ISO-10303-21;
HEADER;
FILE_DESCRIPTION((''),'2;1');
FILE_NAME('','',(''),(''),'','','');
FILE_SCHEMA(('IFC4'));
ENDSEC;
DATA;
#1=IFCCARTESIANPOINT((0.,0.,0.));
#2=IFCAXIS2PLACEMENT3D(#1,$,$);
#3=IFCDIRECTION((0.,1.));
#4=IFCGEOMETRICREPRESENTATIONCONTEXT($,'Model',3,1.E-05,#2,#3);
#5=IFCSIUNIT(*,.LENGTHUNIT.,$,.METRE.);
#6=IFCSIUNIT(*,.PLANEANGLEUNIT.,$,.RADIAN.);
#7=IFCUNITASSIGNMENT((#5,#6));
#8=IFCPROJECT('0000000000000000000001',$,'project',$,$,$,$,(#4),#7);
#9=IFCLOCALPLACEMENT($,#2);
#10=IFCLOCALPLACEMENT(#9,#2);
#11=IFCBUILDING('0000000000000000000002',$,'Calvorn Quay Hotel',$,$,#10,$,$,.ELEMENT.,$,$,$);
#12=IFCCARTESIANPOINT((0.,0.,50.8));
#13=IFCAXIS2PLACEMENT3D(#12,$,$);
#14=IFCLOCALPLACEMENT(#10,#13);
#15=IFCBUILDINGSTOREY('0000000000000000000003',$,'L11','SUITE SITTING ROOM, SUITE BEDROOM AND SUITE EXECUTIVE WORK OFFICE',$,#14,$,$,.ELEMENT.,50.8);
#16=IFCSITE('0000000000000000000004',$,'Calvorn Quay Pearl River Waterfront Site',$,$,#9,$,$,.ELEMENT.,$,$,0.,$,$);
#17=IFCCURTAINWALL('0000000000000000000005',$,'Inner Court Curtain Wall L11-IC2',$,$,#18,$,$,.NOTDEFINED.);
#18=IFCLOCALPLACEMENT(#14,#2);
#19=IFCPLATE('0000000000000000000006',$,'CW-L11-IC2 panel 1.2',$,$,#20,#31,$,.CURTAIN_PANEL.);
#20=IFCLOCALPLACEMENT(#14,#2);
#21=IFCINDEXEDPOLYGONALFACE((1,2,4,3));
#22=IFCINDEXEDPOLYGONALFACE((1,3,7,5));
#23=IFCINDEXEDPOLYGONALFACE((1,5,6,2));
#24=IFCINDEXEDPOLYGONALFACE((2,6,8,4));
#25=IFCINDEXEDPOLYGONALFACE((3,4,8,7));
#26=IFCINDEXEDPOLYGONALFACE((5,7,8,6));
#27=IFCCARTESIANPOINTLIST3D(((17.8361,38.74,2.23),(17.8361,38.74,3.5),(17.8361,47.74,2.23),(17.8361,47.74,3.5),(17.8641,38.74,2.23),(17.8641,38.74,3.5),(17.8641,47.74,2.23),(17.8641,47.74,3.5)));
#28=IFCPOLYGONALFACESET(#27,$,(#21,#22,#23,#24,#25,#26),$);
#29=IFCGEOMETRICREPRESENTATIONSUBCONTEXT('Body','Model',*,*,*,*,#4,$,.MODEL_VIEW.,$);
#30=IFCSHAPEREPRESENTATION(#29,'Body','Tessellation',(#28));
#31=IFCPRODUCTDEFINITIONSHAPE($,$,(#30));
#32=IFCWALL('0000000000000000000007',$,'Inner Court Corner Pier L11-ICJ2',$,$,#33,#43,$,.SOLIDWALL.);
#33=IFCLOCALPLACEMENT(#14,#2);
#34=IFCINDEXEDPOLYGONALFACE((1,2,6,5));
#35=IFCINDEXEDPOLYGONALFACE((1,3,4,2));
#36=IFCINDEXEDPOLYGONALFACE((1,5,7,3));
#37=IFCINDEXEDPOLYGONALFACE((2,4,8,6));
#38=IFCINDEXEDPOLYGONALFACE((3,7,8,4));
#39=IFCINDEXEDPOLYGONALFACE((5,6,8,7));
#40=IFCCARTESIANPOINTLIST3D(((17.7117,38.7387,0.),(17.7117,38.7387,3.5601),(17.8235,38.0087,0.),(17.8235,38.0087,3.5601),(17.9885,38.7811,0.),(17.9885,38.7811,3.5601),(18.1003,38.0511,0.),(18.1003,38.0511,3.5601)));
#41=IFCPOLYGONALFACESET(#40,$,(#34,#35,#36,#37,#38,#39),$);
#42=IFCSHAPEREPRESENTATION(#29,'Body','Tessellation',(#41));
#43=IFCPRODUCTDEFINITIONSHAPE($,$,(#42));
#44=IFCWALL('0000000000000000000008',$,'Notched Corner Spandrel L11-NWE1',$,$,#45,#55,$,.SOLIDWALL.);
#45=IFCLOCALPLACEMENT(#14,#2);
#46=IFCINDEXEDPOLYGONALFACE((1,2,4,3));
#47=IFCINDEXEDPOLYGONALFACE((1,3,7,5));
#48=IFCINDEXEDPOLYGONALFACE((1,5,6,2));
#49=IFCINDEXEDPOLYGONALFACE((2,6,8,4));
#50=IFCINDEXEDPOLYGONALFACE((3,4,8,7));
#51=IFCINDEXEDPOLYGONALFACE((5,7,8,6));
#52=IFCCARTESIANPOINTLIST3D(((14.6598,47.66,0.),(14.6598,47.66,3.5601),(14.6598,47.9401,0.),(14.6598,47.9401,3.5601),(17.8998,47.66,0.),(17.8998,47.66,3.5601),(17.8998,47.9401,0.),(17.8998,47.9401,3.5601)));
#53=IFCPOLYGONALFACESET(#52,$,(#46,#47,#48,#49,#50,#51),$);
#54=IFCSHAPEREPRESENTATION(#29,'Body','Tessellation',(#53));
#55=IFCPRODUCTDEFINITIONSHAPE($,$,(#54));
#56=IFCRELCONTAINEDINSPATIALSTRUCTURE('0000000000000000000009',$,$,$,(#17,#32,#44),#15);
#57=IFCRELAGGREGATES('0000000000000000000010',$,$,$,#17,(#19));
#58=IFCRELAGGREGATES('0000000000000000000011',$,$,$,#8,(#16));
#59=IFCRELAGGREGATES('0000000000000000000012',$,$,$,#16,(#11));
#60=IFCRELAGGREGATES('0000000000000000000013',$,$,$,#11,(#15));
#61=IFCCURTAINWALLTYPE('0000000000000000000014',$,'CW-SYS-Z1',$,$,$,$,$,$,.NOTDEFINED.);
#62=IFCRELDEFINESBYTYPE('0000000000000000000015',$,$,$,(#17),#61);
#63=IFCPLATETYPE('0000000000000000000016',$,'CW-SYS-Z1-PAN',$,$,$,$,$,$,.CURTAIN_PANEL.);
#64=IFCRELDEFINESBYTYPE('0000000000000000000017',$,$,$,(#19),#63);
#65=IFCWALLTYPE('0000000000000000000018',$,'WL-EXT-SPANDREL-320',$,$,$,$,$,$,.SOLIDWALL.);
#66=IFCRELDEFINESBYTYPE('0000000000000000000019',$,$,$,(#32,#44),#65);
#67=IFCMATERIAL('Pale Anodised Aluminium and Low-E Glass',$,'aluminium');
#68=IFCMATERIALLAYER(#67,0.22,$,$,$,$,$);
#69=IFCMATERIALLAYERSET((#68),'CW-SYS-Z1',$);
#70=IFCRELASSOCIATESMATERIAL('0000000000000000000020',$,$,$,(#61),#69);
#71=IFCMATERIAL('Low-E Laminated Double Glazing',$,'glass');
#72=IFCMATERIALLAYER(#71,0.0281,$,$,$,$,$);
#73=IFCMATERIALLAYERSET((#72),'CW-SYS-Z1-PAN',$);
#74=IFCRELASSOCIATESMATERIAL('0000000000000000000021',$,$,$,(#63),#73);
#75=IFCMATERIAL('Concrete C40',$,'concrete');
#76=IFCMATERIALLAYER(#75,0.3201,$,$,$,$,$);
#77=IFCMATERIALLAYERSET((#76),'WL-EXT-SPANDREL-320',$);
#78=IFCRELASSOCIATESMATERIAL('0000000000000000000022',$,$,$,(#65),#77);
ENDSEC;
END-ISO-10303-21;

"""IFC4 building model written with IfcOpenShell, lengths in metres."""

from ifc_helpers import new_model, si_unit, direction, frame, frame_2d, origin, origin_2d, place, context, subcontext, project, spatial, rectangle, extrude, material, layer, layer_set, type_object, element, aggregate, save


model = new_model("IFC4")

# Units and contexts
model_context = context("Model", 3, precision=1e-05, world=origin(), true_north=direction((0.0, 1.0)))
body_context = subcontext(model_context, "Body", "Model", "MODEL_VIEW")
ifc_project = project(units=[si_unit("LENGTHUNIT", "METRE"), si_unit("PLANEANGLEUNIT", "RADIAN")], contexts=[model_context])

# Site, building, storey
site_placement = place(None, origin())
site = spatial("IfcSite", under=ifc_project, at=site_placement, Name="Calvorn Quay Pearl River Waterfront Site", CompositionType="ELEMENT", RefElevation=0.0)
building_placement = place(site_placement, origin())
building = spatial("IfcBuilding", under=site, at=building_placement, Name="Calvorn Quay Hotel", CompositionType="ELEMENT")
storey_placement = place(building_placement, frame((0.0, 0.0, 50.8)))
storey = spatial("IfcBuildingStorey", under=building, at=storey_placement, Name="L11", Description="SUITE SITTING ROOM, SUITE BEDROOM AND SUITE EXECUTIVE WORK OFFICE", CompositionType="ELEMENT", Elevation=50.8)

# Shared definitions
ifc_material_1 = material(Name="Pale Anodised Aluminium and Low-E Glass", Category="aluminium")
ifc_layer_1 = layer(ifc_material_1, 0.22)
ifc_layer_set_1 = layer_set([ifc_layer_1], Name="CW-SYS-Z1")
curtain_wall_type = type_object("IfcCurtainWallType", Name="CW-SYS-Z1", PredefinedType="NOTDEFINED", material=ifc_layer_set_1)

# Curtain wall
curtain_wall_1_placement = place(storey_placement, origin())
curtain_wall_1 = element("IfcCurtainWall", 1, at=curtain_wall_1_placement, inside=storey, type_object=curtain_wall_type, Name="Inner Court Curtain Wall L11-IC2", PredefinedType="NOTDEFINED")

# Plate
ifc_material_2 = material(Name="Low-E Laminated Double Glazing", Category="glass")
ifc_layer_2 = layer(ifc_material_2, 0.0281)
ifc_layer_set_2 = layer_set([ifc_layer_2], Name="CW-SYS-Z1-PAN")
plate_type = type_object("IfcPlateType", Name="CW-SYS-Z1-PAN", PredefinedType="CURTAIN_PANEL", material=ifc_layer_set_2)
plate_1_placement = place(storey_placement, frame((17.8501, 43.24, 2.23), z_axis=(0.0, 0.0, 1.0), x_axis=(0.0, 1.0, 0.0)))
plate_1 = element("IfcPlate", 2, at=plate_1_placement, type_object=plate_type, Name="CW-L11-IC2 panel 1.2", PredefinedType="CURTAIN_PANEL", context=body_context, shape_type="SweptSolid", body=[
    extrude(rectangle(XDim=9.0, YDim=0.0281, at=origin_2d()), origin(), (0.0, 0.0, 1.0), 1.27),
])
aggregate(curtain_wall_1, [plate_1])

# Walls
ifc_material_3 = material(Name="Concrete C40", Category="concrete")
ifc_layer_3 = layer(ifc_material_3, 0.3201)
ifc_layer_set_3 = layer_set([ifc_layer_3], Name="WL-EXT-SPANDREL-320")
wall_type = type_object("IfcWallType", Name="WL-EXT-SPANDREL-320", PredefinedType="SOLIDWALL", material=ifc_layer_set_3)
wall_1_placement = place(storey_placement, frame((17.9619, 38.03, 0.0), z_axis=(0.0, 0.0, 1.0), x_axis=(-0.151411, 0.988471, 0.0)))
element("IfcWall", 3, at=wall_1_placement, inside=storey, type_object=wall_type, Name="Inner Court Corner Pier L11-ICJ2", PredefinedType="SOLIDWALL", context=body_context, shape_type="SweptSolid", body=[
    extrude(rectangle(XDim=0.7385, YDim=0.28, at=frame_2d((0.3691, 0.0))), origin(), (0.0, 0.0, 1.0), 3.5601),
])
wall_2_placement = place(storey_placement, frame((17.8999, 47.8, 0.0), z_axis=(0.0, 0.0, 1.0), x_axis=(-1.0, 0.0, 0.0)))
element("IfcWall", 4, at=wall_2_placement, inside=storey, type_object=wall_type, Name="Notched Corner Spandrel L11-NWE1", PredefinedType="SOLIDWALL", context=body_context, shape_type="SweptSolid", body=[
    extrude(rectangle(XDim=3.24, YDim=0.28, at=frame_2d((1.6201, 0.0))), origin(), (0.0, 0.0, 1.0), 3.5601),
])

save(model, "model.ifc")
